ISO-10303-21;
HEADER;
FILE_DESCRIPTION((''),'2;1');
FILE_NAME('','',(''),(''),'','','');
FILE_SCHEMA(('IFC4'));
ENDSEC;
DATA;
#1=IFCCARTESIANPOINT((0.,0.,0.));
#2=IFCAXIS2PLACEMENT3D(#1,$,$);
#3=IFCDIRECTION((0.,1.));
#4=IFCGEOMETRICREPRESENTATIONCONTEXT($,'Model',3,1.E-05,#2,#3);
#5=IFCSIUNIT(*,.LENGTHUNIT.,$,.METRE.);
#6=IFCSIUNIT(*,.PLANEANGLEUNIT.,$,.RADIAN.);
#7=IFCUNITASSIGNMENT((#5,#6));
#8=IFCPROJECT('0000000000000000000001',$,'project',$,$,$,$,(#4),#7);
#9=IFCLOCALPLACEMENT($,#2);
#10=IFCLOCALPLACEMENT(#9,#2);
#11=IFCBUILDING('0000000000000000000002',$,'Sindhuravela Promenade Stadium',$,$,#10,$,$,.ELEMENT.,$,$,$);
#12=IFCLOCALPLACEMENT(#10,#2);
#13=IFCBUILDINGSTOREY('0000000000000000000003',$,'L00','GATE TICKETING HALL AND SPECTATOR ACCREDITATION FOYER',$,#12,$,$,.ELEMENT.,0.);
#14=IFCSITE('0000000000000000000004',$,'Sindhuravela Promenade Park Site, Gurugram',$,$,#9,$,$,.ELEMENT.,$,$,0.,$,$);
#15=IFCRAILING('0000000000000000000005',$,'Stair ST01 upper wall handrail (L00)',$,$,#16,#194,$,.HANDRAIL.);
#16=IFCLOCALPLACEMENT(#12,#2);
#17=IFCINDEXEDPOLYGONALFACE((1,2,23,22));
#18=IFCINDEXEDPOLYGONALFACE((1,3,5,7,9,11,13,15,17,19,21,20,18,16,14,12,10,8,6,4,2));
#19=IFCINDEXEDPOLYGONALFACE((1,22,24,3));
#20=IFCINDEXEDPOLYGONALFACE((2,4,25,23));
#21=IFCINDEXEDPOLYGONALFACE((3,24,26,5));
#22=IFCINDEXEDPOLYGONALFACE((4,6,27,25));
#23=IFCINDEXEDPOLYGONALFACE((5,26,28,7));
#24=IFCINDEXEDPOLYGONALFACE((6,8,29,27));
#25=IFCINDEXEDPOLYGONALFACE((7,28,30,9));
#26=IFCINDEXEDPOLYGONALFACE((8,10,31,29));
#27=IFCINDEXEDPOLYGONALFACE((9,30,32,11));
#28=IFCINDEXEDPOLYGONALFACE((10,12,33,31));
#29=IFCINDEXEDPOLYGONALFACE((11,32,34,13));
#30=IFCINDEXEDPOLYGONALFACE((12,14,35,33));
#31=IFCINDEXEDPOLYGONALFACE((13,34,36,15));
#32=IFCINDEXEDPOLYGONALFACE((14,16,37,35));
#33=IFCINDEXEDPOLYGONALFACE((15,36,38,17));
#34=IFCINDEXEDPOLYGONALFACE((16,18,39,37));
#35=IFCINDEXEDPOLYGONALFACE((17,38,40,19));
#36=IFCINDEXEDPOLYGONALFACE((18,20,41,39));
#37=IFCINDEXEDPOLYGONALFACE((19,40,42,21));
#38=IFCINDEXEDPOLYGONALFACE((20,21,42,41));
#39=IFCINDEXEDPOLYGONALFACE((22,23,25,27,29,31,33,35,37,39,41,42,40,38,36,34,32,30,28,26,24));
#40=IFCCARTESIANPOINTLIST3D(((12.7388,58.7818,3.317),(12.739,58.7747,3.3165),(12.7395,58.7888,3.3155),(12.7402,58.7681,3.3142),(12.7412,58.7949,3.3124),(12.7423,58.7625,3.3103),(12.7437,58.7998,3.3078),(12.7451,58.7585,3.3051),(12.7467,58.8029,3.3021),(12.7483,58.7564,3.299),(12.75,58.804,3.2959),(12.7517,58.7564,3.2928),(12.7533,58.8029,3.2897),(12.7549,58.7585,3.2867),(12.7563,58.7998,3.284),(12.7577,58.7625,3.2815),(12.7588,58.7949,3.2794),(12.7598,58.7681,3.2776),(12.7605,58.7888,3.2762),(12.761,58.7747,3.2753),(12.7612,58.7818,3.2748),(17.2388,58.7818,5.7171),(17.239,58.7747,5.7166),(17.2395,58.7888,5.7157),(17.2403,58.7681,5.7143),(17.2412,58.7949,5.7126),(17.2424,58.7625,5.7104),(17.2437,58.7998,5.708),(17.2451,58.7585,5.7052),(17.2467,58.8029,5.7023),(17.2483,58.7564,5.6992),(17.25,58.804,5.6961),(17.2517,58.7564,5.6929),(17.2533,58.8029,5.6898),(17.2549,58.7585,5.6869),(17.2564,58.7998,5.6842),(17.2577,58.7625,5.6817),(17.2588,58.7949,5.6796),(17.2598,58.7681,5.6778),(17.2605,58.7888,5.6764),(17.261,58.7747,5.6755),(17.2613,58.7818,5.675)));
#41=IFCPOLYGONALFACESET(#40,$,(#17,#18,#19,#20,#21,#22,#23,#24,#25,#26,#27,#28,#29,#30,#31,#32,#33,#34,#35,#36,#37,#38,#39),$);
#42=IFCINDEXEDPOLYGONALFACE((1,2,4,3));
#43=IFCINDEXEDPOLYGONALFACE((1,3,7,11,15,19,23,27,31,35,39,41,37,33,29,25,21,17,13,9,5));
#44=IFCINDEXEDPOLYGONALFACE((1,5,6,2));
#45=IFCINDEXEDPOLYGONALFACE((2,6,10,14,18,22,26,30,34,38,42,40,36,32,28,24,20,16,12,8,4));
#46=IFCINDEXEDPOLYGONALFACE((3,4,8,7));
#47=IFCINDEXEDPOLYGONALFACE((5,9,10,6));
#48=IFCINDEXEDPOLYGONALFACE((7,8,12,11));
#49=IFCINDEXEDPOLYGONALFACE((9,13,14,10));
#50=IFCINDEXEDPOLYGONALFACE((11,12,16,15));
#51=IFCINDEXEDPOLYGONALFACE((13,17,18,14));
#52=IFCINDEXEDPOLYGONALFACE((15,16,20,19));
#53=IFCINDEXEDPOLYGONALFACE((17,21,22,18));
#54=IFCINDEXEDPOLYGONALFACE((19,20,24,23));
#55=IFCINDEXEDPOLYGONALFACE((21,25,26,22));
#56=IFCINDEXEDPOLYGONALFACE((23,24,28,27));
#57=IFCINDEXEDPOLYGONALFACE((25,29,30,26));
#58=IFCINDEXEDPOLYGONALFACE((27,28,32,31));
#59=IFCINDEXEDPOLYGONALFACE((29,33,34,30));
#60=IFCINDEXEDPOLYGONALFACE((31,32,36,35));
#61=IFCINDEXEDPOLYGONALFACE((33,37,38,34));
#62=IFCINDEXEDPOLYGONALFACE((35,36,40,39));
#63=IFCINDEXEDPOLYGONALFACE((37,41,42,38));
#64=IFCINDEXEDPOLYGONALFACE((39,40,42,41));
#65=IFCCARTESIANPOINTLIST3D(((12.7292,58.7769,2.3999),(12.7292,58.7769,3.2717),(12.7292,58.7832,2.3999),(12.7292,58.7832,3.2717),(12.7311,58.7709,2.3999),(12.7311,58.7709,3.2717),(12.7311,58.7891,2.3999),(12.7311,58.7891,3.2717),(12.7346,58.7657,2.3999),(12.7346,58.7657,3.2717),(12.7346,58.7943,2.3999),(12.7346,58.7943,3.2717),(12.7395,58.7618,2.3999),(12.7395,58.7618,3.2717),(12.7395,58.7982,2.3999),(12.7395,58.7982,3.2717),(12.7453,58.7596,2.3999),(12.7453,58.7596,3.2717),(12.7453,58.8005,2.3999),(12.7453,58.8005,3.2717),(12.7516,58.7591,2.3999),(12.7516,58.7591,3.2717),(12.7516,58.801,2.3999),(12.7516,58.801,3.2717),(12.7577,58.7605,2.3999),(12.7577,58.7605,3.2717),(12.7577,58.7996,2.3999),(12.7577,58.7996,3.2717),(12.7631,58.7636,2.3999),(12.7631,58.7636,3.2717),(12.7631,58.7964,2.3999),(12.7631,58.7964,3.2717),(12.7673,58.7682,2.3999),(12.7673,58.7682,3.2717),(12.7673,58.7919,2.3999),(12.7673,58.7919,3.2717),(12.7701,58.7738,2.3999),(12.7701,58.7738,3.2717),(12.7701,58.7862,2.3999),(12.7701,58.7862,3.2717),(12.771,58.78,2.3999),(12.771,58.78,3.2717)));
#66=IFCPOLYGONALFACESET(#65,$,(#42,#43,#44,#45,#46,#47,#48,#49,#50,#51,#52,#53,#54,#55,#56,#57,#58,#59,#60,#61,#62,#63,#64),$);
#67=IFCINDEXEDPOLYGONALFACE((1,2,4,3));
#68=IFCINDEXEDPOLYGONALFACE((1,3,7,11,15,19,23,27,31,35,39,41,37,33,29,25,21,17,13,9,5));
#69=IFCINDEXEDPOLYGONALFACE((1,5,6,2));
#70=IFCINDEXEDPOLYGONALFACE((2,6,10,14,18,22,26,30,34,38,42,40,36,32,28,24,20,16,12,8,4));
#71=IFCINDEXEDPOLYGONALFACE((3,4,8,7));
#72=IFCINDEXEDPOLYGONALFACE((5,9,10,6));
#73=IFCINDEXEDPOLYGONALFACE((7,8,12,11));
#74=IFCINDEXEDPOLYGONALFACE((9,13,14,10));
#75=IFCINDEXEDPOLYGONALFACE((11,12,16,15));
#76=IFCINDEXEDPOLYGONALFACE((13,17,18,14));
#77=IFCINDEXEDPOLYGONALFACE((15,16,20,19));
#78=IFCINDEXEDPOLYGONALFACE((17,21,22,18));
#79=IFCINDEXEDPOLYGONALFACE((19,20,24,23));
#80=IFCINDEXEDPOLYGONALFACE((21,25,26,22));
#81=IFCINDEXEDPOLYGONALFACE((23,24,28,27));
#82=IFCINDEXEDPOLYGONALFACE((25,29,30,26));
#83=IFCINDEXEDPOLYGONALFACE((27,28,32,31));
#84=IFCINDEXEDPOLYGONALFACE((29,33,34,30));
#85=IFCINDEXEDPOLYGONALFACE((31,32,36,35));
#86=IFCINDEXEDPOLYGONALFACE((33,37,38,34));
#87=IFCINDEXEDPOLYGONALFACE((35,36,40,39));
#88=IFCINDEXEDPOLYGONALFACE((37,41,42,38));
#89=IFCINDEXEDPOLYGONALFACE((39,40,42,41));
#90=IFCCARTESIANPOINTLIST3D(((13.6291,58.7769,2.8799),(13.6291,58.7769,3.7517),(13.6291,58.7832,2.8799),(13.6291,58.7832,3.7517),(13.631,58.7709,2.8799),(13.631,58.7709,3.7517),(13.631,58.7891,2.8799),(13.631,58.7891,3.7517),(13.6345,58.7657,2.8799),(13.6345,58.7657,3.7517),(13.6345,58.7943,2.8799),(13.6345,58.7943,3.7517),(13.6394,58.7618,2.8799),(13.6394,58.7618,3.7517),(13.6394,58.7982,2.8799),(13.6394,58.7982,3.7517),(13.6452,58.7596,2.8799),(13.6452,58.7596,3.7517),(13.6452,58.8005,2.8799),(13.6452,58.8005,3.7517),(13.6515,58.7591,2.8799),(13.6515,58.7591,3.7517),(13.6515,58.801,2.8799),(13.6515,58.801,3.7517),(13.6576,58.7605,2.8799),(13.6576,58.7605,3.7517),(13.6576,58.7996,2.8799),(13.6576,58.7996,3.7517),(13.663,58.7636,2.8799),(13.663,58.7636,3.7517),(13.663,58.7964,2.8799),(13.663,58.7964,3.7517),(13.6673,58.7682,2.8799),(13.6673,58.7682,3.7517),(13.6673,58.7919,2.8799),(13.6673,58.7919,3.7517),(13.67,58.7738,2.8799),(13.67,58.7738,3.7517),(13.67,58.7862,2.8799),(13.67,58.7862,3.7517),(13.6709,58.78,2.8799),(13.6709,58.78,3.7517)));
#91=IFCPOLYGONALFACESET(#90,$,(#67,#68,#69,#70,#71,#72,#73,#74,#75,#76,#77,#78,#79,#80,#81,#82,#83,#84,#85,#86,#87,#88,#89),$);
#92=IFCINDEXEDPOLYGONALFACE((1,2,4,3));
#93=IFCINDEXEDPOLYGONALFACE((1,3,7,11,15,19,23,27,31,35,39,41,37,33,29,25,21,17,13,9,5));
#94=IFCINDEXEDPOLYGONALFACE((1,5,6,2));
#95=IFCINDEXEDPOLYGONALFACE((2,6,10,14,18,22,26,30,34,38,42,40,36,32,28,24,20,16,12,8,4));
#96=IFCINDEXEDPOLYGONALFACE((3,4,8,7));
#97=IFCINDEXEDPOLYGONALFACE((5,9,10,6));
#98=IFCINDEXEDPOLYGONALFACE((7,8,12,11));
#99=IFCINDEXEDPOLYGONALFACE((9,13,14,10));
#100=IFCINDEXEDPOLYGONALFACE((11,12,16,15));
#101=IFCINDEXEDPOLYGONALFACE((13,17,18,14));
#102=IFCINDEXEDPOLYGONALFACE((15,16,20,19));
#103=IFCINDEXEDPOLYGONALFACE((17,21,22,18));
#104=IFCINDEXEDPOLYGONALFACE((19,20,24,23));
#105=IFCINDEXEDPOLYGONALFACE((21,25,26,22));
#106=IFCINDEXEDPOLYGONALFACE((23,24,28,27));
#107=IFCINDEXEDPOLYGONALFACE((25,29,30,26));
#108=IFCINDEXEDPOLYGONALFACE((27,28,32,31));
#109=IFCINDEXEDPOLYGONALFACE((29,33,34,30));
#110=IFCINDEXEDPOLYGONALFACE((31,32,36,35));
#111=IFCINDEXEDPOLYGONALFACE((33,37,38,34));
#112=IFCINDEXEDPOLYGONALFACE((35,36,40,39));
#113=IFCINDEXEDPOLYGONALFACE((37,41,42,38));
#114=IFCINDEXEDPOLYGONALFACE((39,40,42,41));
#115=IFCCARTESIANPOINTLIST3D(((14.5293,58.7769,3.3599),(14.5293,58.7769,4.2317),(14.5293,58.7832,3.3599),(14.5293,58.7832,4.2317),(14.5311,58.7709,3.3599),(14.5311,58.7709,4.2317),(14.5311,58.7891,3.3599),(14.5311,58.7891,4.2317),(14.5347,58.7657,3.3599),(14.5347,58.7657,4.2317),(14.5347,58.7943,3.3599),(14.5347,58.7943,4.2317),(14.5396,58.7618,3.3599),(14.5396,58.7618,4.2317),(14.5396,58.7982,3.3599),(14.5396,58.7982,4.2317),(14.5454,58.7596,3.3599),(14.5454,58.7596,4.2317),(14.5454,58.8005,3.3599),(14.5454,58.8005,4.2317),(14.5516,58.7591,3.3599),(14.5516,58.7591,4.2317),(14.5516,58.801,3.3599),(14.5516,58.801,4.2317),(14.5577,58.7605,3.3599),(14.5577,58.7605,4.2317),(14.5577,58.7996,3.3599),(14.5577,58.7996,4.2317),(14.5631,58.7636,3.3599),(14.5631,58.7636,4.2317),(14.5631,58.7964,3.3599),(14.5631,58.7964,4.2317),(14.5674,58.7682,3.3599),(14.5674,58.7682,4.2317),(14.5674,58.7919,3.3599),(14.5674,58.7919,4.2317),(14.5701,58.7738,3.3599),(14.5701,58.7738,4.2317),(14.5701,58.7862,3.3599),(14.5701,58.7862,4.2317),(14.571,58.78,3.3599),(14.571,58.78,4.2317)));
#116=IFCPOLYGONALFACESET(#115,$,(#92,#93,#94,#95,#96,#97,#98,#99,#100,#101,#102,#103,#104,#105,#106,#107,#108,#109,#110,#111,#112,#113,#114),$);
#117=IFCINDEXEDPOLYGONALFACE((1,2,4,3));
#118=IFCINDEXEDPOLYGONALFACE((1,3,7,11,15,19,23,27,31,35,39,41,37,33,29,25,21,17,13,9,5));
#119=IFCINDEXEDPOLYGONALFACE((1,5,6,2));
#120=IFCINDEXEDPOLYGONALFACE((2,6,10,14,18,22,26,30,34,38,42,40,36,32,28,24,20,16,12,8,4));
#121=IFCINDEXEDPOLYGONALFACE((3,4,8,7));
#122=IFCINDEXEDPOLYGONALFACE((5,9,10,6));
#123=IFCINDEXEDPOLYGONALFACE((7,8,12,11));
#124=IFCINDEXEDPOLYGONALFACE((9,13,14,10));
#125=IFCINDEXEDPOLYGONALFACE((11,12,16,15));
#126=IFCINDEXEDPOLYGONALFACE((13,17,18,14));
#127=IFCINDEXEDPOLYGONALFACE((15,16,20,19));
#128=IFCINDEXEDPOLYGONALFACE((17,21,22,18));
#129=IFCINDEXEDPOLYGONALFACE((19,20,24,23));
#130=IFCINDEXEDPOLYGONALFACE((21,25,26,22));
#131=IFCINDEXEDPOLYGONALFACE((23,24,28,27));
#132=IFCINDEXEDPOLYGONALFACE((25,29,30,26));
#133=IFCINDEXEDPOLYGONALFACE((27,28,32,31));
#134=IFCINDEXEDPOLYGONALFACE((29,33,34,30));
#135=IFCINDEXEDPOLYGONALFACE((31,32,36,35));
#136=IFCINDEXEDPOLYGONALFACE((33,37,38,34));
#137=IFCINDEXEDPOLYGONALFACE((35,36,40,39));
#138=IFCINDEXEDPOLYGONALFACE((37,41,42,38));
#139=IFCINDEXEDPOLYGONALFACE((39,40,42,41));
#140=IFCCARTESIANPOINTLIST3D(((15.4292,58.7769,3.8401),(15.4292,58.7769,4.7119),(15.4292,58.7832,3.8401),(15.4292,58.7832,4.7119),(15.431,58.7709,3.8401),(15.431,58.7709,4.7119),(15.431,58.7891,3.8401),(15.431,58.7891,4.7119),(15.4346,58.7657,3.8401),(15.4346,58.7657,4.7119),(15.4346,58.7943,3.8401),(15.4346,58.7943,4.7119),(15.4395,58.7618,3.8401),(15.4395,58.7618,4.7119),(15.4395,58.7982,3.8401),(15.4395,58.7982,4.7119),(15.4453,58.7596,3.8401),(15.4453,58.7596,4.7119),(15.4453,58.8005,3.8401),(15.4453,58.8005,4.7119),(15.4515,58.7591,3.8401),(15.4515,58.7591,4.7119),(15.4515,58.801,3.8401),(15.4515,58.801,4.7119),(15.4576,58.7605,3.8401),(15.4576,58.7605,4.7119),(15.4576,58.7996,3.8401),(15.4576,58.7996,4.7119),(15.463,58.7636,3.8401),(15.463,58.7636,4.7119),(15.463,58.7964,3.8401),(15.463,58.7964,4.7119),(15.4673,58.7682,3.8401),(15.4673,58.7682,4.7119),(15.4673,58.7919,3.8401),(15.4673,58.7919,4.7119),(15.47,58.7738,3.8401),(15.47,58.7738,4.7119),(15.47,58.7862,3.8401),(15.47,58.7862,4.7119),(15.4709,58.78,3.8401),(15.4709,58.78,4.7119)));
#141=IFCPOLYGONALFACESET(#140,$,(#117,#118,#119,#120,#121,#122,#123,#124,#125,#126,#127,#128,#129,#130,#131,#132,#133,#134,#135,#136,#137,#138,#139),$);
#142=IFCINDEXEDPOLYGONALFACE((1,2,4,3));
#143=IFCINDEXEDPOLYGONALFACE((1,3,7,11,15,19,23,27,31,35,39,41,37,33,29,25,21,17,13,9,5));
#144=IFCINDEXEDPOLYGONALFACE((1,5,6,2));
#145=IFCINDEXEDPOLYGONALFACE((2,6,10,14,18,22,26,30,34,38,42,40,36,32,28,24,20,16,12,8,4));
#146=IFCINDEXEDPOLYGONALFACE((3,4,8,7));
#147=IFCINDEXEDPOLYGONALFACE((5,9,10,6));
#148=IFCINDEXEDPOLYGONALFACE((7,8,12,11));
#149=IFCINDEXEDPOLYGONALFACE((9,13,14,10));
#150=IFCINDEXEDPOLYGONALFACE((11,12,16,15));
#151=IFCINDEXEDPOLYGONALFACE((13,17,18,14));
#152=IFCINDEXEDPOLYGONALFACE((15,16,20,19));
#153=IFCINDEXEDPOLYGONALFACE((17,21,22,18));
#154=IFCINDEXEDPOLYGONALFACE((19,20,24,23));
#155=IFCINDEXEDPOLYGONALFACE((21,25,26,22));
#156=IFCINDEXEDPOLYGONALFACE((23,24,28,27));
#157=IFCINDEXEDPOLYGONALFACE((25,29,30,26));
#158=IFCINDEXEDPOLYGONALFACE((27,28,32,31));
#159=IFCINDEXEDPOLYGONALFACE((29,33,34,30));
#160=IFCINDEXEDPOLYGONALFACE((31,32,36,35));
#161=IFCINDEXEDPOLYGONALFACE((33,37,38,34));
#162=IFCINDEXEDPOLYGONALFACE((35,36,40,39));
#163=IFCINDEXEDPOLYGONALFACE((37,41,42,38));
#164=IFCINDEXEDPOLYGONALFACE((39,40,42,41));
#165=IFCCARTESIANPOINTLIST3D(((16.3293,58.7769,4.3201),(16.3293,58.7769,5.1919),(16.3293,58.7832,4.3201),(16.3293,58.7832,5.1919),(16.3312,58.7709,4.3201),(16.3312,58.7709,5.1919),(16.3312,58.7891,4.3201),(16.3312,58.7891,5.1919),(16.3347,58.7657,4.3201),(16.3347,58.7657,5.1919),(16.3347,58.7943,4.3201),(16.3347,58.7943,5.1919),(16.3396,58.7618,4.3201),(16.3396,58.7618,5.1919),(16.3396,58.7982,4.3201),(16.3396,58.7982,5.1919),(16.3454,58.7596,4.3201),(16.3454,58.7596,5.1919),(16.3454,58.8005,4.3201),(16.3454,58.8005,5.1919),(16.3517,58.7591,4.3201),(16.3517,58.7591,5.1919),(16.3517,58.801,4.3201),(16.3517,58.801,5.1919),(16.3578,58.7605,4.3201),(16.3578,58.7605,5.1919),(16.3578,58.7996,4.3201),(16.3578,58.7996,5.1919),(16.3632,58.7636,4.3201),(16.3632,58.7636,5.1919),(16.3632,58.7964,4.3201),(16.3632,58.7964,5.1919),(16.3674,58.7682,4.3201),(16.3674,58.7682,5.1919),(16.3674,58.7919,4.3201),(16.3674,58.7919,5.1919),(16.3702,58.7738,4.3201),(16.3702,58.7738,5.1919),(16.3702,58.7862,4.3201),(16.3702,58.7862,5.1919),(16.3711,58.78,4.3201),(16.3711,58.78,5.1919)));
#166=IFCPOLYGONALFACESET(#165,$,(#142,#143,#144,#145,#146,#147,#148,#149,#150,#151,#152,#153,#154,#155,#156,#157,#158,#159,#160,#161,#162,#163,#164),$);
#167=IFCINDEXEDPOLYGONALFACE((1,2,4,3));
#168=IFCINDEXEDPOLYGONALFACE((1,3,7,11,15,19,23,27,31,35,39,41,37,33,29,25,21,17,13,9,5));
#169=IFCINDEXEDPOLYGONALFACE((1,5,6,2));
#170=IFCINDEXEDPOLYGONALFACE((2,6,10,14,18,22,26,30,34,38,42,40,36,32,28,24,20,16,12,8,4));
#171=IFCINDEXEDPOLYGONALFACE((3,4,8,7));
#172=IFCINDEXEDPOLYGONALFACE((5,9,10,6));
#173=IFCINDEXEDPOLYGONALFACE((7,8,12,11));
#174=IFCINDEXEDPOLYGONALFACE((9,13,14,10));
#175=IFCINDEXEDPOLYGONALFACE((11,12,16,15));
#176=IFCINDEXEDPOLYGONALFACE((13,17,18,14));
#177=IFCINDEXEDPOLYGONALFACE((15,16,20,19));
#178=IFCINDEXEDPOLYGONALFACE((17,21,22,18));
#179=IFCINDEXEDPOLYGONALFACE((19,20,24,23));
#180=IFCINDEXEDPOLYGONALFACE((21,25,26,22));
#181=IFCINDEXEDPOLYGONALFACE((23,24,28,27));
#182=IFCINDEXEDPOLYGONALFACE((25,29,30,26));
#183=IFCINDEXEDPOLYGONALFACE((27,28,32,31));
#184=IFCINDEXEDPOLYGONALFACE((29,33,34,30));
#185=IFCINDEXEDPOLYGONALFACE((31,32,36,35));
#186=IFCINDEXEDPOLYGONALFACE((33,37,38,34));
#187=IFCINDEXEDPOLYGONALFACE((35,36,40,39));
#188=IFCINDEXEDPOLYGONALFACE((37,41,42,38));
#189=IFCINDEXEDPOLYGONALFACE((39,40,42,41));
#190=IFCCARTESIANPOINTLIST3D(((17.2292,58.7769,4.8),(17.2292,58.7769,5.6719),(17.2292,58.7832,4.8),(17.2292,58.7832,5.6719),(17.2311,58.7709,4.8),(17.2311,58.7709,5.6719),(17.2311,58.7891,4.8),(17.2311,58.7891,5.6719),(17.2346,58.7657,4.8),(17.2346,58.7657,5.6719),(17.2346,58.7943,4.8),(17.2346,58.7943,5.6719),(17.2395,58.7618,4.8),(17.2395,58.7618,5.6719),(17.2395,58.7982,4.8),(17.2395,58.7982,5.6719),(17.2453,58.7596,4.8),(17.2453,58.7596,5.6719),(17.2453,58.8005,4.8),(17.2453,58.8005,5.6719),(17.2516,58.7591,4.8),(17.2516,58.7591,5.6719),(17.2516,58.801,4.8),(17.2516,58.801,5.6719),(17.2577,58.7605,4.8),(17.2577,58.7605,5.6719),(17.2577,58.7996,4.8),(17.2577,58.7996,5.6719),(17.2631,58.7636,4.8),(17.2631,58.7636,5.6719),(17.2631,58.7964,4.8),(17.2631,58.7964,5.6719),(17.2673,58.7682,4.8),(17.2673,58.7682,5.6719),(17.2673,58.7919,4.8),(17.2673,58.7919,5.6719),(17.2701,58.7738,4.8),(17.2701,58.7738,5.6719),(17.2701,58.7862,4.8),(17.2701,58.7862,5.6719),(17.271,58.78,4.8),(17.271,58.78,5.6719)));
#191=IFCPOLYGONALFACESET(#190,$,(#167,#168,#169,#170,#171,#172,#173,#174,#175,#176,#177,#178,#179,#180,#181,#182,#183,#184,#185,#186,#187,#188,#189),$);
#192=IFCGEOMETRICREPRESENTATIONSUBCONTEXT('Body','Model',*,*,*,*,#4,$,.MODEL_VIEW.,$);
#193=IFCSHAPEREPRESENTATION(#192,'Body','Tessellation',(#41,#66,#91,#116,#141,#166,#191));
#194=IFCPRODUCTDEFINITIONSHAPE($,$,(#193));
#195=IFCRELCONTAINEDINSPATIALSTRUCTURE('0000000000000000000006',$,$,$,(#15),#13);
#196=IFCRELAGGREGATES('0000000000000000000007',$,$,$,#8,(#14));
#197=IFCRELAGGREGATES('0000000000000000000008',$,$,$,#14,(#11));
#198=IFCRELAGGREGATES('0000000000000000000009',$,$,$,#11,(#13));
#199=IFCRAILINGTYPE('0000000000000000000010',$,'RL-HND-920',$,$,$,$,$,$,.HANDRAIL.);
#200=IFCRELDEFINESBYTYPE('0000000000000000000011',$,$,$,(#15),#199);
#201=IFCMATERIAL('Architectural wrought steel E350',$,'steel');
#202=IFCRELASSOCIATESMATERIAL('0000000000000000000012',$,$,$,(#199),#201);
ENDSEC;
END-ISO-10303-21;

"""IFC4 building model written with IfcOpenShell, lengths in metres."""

from ifc_helpers import new_model, si_unit, direction, frame, origin, origin_2d, place, context, subcontext, project, spatial, circle, extrude, material, type_object, element, save


model = new_model("IFC4")

# Units and contexts
model_context = context("Model", 3, precision=1e-05, world=origin(), true_north=direction((0.0, 1.0)))
body_context = subcontext(model_context, "Body", "Model", "MODEL_VIEW")
ifc_project = project(units=[si_unit("LENGTHUNIT", "METRE"), si_unit("PLANEANGLEUNIT", "RADIAN")], contexts=[model_context])

# Site, building, storey
site_placement = place(None, origin())
site = spatial("IfcSite", under=ifc_project, at=site_placement, Name="Sindhuravela Promenade Park Site, Gurugram", CompositionType="ELEMENT", RefElevation=0.0)
building_placement = place(site_placement, origin())
building = spatial("IfcBuilding", under=site, at=building_placement, Name="Sindhuravela Promenade Stadium", CompositionType="ELEMENT")
storey_placement = place(building_placement, origin())
storey = spatial("IfcBuildingStorey", under=building, at=storey_placement, Name="L00", Description="GATE TICKETING HALL AND SPECTATOR ACCREDITATION FOYER", CompositionType="ELEMENT", Elevation=0.0)

# Shared definitions
ifc_material_1 = material(Name="Architectural wrought steel E350", Category="steel")

# Railing
railing_type_1 = type_object("IfcRailingType", Name="RL-HND-920", PredefinedType="HANDRAIL", material=ifc_material_1)
railing_1_placement = place(storey_placement, frame((12.75, 58.78, 2.3999)))
element("IfcRailing", 1, at=railing_1_placement, inside=storey, type_object=railing_type_1, Name="Stair ST01 upper wall handrail (L00)", PredefinedType="HANDRAIL", context=body_context, shape_type="SweptSolid", body=[
    extrude(circle(Radius=0.0239, at=origin_2d()), frame((0.0, 0.0, 0.896), z_axis=(0.882341, 0.0, 0.470611), x_axis=(0.0, 1.0, 0.0)), (0.0, 0.0, 1.0), 5.1001),
    extrude(circle(Radius=0.021, at=origin_2d()), origin(), (0.0, 0.0, 1.0), 0.8718),
    extrude(circle(Radius=0.021, at=origin_2d()), frame((0.8999, 0.0, 0.48)), (0.0, 0.0, 1.0), 0.8718),
    extrude(circle(Radius=0.021, at=origin_2d()), frame((1.8, 0.0, 0.96)), (0.0, 0.0, 1.0), 0.8718),
    extrude(circle(Radius=0.021, at=origin_2d()), frame((2.7, 0.0, 1.4402)), (0.0, 0.0, 1.0), 0.8718),
    extrude(circle(Radius=0.021, at=origin_2d()), frame((3.6001, 0.0, 1.9202)), (0.0, 0.0, 1.0), 0.8718),
    extrude(circle(Radius=0.021, at=origin_2d()), frame((4.5, 0.0, 2.4001)), (0.0, 0.0, 1.0), 0.8718),
])

save(model, "model.ifc")
